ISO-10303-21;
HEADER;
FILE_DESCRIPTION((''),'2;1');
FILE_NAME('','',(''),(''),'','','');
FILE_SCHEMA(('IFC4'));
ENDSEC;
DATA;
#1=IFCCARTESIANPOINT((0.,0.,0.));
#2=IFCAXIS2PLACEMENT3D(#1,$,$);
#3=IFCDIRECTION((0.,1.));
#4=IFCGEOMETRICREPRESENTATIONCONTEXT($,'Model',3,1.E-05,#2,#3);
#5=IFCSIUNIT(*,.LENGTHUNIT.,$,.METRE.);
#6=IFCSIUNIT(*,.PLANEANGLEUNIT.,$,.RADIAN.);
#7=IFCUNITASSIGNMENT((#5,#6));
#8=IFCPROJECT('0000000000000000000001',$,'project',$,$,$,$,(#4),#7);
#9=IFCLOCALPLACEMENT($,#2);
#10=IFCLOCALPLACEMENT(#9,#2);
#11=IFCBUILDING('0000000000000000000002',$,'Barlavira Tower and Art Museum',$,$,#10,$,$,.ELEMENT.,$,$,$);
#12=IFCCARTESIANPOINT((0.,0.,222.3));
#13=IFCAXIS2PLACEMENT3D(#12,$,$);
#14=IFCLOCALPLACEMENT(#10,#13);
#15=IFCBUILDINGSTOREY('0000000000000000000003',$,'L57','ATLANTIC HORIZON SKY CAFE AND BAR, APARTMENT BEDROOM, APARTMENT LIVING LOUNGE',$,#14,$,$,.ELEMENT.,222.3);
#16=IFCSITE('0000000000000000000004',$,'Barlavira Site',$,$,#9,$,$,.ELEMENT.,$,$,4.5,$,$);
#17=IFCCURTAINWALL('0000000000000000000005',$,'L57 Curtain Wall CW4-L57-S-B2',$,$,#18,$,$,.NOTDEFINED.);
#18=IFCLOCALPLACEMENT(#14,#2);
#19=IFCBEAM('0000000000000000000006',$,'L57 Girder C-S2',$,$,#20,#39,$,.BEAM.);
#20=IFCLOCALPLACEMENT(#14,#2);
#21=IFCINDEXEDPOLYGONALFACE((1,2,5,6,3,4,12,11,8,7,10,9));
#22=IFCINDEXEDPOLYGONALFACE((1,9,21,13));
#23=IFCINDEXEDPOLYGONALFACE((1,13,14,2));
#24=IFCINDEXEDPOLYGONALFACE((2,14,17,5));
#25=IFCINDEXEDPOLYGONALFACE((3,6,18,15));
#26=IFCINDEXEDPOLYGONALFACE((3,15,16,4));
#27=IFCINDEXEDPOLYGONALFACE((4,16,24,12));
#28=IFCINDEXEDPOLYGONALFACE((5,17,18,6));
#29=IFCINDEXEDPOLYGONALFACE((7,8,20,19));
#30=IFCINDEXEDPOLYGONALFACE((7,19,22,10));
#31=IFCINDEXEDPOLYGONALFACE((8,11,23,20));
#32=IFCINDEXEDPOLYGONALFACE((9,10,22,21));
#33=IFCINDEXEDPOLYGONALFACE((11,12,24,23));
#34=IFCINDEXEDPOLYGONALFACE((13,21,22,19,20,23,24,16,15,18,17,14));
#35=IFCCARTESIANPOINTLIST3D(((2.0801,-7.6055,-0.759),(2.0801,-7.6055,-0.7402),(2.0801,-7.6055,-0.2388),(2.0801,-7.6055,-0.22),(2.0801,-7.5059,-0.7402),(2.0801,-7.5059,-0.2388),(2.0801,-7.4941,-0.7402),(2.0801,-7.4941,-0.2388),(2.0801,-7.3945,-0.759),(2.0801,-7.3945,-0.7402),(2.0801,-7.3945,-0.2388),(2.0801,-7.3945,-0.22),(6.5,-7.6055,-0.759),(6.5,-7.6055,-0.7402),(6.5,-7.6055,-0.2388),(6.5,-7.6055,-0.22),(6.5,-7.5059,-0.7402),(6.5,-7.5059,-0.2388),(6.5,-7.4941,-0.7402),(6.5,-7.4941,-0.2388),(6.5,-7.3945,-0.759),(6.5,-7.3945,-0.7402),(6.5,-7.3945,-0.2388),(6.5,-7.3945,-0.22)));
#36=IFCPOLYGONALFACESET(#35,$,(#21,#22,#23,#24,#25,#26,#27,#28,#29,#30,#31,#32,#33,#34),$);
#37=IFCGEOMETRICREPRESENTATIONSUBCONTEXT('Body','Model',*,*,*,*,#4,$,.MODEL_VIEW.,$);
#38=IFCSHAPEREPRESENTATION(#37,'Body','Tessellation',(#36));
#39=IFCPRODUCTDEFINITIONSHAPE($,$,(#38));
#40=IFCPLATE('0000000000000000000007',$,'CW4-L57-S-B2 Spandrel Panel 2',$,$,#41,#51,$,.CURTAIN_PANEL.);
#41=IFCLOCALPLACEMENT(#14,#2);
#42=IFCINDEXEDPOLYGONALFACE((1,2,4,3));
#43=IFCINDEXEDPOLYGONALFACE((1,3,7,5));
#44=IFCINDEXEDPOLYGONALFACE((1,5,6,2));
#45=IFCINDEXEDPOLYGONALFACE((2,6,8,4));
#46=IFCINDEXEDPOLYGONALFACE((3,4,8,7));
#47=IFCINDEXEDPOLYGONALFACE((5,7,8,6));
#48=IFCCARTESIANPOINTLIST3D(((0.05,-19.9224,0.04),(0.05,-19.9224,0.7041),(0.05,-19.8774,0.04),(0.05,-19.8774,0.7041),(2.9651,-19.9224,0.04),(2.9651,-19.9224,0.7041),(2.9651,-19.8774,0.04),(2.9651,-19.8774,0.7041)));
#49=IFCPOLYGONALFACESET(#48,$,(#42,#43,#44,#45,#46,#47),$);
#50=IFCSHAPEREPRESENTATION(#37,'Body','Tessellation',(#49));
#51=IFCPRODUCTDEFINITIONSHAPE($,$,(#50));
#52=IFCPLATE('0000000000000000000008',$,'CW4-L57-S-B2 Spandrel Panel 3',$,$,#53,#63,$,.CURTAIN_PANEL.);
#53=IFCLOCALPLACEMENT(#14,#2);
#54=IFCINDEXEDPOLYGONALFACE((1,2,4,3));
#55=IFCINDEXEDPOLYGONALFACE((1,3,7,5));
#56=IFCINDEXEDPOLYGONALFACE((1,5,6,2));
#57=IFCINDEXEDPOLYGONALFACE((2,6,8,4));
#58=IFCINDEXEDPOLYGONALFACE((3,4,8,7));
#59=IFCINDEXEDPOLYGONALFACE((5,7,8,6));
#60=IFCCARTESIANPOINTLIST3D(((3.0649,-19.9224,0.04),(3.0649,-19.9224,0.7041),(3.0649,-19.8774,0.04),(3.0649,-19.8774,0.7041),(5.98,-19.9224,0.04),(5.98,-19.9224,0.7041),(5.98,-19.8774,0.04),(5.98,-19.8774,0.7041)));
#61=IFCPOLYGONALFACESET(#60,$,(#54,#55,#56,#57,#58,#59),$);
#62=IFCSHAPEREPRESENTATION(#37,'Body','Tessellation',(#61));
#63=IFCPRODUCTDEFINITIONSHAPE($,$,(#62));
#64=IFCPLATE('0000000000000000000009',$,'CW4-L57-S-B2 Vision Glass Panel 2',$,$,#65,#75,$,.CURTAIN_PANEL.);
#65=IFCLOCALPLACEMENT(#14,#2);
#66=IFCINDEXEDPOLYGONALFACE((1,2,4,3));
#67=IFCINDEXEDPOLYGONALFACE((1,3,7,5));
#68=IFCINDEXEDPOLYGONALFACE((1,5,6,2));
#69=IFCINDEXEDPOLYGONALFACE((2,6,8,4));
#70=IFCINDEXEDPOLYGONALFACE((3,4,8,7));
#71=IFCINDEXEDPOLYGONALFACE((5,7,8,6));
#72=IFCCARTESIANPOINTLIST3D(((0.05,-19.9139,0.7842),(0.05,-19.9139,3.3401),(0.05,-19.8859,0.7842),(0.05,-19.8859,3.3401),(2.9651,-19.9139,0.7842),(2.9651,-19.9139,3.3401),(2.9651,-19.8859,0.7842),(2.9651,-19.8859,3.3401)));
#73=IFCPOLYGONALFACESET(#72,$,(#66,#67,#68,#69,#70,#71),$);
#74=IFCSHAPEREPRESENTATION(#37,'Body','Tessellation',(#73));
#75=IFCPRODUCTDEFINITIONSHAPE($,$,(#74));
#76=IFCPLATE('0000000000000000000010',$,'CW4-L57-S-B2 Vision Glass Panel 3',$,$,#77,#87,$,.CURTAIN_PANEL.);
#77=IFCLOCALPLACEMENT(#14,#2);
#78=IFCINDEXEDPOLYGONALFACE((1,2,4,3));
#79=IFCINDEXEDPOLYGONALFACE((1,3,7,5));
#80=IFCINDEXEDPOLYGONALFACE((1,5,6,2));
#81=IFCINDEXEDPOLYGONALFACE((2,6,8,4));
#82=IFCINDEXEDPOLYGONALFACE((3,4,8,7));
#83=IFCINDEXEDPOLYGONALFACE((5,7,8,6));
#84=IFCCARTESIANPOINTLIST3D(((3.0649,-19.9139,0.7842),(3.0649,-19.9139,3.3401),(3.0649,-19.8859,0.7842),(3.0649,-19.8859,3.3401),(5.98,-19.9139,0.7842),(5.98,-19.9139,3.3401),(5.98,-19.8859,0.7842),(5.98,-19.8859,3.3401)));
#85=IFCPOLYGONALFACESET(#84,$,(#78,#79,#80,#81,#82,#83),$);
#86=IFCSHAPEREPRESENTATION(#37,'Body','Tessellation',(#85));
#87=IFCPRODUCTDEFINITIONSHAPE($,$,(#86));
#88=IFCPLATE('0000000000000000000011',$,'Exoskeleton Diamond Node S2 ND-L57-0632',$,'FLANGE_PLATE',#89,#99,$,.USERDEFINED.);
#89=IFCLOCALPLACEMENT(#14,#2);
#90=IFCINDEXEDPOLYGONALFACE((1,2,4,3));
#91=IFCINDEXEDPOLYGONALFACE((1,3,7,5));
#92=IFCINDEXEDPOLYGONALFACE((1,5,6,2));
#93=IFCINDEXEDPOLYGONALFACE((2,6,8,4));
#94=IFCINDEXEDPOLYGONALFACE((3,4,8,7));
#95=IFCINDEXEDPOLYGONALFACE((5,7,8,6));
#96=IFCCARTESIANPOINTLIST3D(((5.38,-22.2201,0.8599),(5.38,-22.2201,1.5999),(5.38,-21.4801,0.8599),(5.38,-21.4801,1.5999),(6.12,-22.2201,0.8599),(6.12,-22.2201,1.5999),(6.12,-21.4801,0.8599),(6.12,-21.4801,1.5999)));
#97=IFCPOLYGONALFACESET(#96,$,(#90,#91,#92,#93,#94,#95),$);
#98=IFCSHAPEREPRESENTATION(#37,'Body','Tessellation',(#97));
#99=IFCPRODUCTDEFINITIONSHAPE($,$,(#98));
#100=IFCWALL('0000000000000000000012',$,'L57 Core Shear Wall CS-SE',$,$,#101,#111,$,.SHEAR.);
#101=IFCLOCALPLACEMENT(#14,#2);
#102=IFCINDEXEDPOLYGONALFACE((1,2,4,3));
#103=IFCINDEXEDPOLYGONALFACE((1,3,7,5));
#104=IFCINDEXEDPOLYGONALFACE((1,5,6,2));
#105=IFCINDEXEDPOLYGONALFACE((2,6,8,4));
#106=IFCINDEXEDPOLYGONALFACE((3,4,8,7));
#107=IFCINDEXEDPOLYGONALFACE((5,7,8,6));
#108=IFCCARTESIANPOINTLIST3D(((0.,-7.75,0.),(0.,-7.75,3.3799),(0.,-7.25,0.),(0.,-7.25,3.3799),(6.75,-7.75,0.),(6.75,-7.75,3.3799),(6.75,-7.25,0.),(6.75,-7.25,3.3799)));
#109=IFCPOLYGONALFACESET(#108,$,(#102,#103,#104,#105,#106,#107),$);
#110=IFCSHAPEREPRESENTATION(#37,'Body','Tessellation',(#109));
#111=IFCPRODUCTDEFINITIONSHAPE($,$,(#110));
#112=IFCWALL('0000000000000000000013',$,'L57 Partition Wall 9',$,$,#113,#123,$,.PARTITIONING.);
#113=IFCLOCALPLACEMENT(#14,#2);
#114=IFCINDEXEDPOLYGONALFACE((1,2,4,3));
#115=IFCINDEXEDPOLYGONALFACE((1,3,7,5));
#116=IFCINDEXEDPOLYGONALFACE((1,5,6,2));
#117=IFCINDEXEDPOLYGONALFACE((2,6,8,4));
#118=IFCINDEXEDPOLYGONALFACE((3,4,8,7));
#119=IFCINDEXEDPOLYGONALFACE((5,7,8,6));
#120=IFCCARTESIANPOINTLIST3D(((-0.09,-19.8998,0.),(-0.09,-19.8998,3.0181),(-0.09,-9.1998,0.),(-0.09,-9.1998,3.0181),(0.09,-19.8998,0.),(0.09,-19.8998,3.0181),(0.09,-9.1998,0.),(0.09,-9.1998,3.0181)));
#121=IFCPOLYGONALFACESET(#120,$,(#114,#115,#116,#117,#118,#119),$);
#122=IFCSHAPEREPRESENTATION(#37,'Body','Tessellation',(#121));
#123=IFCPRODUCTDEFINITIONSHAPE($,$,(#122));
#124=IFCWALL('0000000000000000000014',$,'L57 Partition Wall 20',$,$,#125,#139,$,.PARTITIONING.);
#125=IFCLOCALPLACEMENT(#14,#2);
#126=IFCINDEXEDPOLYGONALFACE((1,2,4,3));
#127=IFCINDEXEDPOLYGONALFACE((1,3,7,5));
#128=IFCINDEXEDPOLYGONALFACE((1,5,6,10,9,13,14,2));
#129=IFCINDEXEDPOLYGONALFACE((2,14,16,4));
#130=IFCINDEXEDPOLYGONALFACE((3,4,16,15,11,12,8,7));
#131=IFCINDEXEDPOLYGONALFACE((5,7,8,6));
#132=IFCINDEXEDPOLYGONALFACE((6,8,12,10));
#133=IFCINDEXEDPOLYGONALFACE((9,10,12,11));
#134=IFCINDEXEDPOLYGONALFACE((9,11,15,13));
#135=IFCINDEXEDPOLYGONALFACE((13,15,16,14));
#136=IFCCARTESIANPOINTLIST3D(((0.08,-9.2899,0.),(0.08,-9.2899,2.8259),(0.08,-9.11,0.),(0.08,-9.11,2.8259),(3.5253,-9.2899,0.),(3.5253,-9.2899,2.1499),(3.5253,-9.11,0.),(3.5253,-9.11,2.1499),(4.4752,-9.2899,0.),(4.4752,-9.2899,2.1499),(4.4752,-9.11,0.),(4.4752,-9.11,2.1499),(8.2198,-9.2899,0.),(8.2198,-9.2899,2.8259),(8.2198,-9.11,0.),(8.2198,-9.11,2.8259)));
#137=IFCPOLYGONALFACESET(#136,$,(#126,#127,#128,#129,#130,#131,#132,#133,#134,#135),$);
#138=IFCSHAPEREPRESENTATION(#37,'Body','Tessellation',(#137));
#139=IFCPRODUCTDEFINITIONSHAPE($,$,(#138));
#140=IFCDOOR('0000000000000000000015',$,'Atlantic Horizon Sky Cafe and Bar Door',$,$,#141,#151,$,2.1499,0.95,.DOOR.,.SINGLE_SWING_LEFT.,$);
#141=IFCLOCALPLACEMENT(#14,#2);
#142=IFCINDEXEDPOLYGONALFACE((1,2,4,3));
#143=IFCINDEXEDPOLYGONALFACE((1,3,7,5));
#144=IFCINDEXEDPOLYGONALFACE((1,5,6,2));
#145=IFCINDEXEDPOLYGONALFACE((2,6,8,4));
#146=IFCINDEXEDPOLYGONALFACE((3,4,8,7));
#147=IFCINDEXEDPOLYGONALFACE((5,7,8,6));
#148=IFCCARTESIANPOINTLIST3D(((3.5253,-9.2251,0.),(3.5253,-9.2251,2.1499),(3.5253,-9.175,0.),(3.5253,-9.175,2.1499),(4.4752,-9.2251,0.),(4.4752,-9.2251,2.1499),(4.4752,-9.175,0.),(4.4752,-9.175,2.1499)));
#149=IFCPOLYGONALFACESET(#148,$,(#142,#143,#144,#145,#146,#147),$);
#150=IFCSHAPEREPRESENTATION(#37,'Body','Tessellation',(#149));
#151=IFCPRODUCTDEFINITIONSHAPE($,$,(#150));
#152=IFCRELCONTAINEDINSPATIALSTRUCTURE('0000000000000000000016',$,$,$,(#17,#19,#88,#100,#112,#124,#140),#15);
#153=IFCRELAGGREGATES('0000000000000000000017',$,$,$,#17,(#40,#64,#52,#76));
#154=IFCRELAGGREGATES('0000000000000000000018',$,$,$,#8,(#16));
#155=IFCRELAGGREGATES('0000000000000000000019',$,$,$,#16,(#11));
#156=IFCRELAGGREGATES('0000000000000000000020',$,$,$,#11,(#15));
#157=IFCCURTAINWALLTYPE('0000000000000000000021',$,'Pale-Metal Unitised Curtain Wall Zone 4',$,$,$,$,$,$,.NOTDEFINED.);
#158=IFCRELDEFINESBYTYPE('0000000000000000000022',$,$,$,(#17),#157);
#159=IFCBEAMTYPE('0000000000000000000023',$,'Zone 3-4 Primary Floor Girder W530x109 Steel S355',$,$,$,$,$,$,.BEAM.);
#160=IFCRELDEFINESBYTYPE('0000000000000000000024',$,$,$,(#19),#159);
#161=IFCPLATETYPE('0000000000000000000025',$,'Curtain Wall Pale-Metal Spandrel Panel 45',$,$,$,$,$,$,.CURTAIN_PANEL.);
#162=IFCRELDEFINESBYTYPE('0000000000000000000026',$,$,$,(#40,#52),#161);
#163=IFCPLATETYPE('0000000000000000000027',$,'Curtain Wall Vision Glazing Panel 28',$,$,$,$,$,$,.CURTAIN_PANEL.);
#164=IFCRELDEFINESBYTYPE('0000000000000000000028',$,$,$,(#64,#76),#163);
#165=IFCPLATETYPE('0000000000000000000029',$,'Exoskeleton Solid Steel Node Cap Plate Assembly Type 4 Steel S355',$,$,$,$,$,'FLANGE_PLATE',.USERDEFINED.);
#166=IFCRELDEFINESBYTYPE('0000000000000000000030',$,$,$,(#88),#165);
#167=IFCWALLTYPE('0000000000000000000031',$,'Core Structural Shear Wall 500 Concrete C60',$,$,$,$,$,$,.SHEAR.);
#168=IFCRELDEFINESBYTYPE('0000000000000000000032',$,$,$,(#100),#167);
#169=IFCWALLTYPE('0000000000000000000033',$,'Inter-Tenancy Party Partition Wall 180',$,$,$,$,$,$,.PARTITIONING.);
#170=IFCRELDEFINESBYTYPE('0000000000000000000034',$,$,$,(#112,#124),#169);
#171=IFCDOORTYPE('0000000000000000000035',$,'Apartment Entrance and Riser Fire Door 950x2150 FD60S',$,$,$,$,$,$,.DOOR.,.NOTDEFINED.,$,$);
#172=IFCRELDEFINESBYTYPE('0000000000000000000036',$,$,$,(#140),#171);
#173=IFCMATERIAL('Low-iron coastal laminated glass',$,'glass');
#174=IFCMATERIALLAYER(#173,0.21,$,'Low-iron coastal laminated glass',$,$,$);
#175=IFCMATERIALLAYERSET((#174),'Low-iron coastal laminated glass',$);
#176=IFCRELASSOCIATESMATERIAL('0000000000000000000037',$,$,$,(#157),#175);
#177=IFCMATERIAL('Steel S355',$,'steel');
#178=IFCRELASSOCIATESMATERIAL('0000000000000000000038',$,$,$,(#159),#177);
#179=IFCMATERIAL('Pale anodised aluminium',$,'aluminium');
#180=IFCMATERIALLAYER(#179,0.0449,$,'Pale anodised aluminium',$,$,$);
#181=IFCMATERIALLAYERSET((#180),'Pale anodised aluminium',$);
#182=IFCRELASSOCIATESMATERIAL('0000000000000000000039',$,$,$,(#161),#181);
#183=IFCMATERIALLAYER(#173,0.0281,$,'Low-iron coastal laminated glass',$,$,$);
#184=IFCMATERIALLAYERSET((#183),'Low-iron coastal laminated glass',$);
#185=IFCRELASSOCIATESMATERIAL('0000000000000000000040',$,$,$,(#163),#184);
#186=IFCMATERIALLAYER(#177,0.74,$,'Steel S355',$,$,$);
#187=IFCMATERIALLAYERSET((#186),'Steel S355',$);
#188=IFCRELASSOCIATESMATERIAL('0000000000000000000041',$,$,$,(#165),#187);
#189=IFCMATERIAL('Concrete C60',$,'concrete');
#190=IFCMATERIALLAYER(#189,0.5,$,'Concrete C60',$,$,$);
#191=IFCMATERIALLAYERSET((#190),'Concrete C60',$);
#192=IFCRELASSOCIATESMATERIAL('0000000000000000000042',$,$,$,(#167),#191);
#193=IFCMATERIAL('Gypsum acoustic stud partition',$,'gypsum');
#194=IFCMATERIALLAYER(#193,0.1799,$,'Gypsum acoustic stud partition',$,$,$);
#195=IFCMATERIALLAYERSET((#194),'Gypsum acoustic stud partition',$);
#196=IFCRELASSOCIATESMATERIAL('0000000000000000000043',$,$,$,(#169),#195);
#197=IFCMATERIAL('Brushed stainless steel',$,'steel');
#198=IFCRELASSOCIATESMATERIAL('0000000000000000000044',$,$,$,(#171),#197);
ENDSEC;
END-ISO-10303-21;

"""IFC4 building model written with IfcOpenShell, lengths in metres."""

from ifc_helpers import new_model, si_unit, direction, frame, frame_2d, origin, origin_2d, place, context, subcontext, project, spatial, rectangle, i_section, extrude, material, layer, layer_set, material_profile, profile_set, type_object, element, fill, aggregate, save


model = new_model("IFC4")

# Units and contexts
model_context = context("Model", 3, precision=1e-05, world=origin(), true_north=direction((0.0, 1.0)))
body_context = subcontext(model_context, "Body", "Model", "MODEL_VIEW")
ifc_project = project(units=[si_unit("LENGTHUNIT", "METRE"), si_unit("PLANEANGLEUNIT", "RADIAN")], contexts=[model_context])

# Site, building, storey
site_placement = place(None, origin())
site = spatial("IfcSite", under=ifc_project, at=site_placement, Name="Barlavira Site", CompositionType="ELEMENT", RefElevation=4.5)
building_placement = place(site_placement, origin())
building = spatial("IfcBuilding", under=site, at=building_placement, Name="Barlavira Tower and Art Museum", CompositionType="ELEMENT")
storey_placement = place(building_placement, frame((0.0, 0.0, 222.3)))
storey = spatial("IfcBuildingStorey", under=building, at=storey_placement, Name="L57", Description="ATLANTIC HORIZON SKY CAFE AND BAR, APARTMENT BEDROOM, APARTMENT LIVING LOUNGE", CompositionType="ELEMENT", Elevation=222.3)

# Shared definitions
ifc_material_1 = material(Name="Steel S355", Category="steel")

# Curtain wall
ifc_material_2 = material(Name="Low-iron coastal laminated glass", Category="glass")
ifc_layer_1 = layer(ifc_material_2, 0.21, Name="Low-iron coastal laminated glass")
ifc_layer_set_1 = layer_set([ifc_layer_1], Name="Low-iron coastal laminated glass")
curtain_wall_type = type_object("IfcCurtainWallType", Name="Pale-Metal Unitised Curtain Wall Zone 4", PredefinedType="NOTDEFINED", material=ifc_layer_set_1)
curtain_wall_placement = place(storey_placement, origin())
curtain_wall = element("IfcCurtainWall", 1, at=curtain_wall_placement, inside=storey, type_object=curtain_wall_type, Name="L57 Curtain Wall CW4-L57-S-B2", PredefinedType="NOTDEFINED")
ifc_material_3 = material(Name="Pale anodised aluminium", Category="aluminium")

# Beam
ifc_material_profile_1 = material_profile(ifc_material_1, i_section(OverallWidth=0.2109, OverallDepth=0.5391, WebThickness=0.0117, FlangeThickness=0.0188, at=origin_2d()), Name="W530x109.0")
ifc_profile_set_1 = profile_set([ifc_material_profile_1], Name="Steel S355")
beam_type = type_object("IfcBeamType", Name="Zone 3-4 Primary Floor Girder W530x109 Steel S355", PredefinedType="BEAM", material=ifc_profile_set_1)
beam_placement = place(storey_placement, frame((2.0801, -7.5, -0.4895), z_axis=(1.0, 0.0, 0.0), x_axis=(0.0, 1.0, 0.0)))
element("IfcBeam", 2, at=beam_placement, inside=storey, type_object=beam_type, Name="L57 Girder C-S2", PredefinedType="BEAM", context=body_context, shape_type="SweptSolid", body=[
    extrude(i_section(OverallWidth=0.2109, OverallDepth=0.5391, WebThickness=0.0117, FlangeThickness=0.0188, at=origin_2d()), origin(), (0.0, 0.0, 1.0), 4.4199),
])

# Plates
ifc_layer_2 = layer(ifc_material_3, 0.0449, Name="Pale anodised aluminium")
ifc_layer_set_2 = layer_set([ifc_layer_2], Name="Pale anodised aluminium")
plate_type_1 = type_object("IfcPlateType", Name="Curtain Wall Pale-Metal Spandrel Panel 45", PredefinedType="CURTAIN_PANEL", material=ifc_layer_set_2)
plate_1_placement = place(storey_placement, frame((1.5076, -19.8999, 0.04), z_axis=(0.0, 0.0, 1.0), x_axis=(1.0, 0.0, 0.0)))
plate_1 = element("IfcPlate", 3, at=plate_1_placement, type_object=plate_type_1, Name="CW4-L57-S-B2 Spandrel Panel 2", PredefinedType="CURTAIN_PANEL", context=body_context, shape_type="SweptSolid", body=[
    extrude(rectangle(XDim=2.915, YDim=0.0449, at=origin_2d()), origin(), (0.0, 0.0, 1.0), 0.6641),
])
plate_2_placement = place(storey_placement, frame((4.5225, -19.8999, 0.04), z_axis=(0.0, 0.0, 1.0), x_axis=(1.0, 0.0, 0.0)))
plate_2 = element("IfcPlate", 4, at=plate_2_placement, type_object=plate_type_1, Name="CW4-L57-S-B2 Spandrel Panel 3", PredefinedType="CURTAIN_PANEL", context=body_context, shape_type="SweptSolid", body=[
    extrude(rectangle(XDim=2.915, YDim=0.0449, at=origin_2d()), origin(), (0.0, 0.0, 1.0), 0.6641),
])
ifc_layer_3 = layer(ifc_material_2, 0.0281, Name="Low-iron coastal laminated glass")
ifc_layer_set_3 = layer_set([ifc_layer_3], Name="Low-iron coastal laminated glass")
plate_type_2 = type_object("IfcPlateType", Name="Curtain Wall Vision Glazing Panel 28", PredefinedType="CURTAIN_PANEL", material=ifc_layer_set_3)
plate_3_placement = place(storey_placement, frame((1.5076, -19.8999, 0.7842), z_axis=(0.0, 0.0, 1.0), x_axis=(1.0, 0.0, 0.0)))
plate_3 = element("IfcPlate", 5, at=plate_3_placement, type_object=plate_type_2, Name="CW4-L57-S-B2 Vision Glass Panel 2", PredefinedType="CURTAIN_PANEL", context=body_context, shape_type="SweptSolid", body=[
    extrude(rectangle(XDim=2.915, YDim=0.0281, at=origin_2d()), origin(), (0.0, 0.0, 1.0), 2.5559),
])
plate_4_placement = place(storey_placement, frame((4.5225, -19.8999, 0.7842), z_axis=(0.0, 0.0, 1.0), x_axis=(1.0, 0.0, 0.0)))
plate_4 = element("IfcPlate", 6, at=plate_4_placement, type_object=plate_type_2, Name="CW4-L57-S-B2 Vision Glass Panel 3", PredefinedType="CURTAIN_PANEL", context=body_context, shape_type="SweptSolid", body=[
    extrude(rectangle(XDim=2.915, YDim=0.0281, at=origin_2d()), origin(), (0.0, 0.0, 1.0), 2.5559),
])
aggregate(curtain_wall, [plate_1, plate_3, plate_2, plate_4])
ifc_layer_4 = layer(ifc_material_1, 0.74, Name="Steel S355")
ifc_layer_set_4 = layer_set([ifc_layer_4], Name="Steel S355")
plate_type_3 = type_object("IfcPlateType", Name="Exoskeleton Solid Steel Node Cap Plate Assembly Type 4 Steel S355", ElementType="FLANGE_PLATE", PredefinedType="USERDEFINED", material=ifc_layer_set_4)
plate_5_placement = place(storey_placement, frame((5.75, -21.8501, 0.8599), z_axis=(0.0, 0.0, 1.0), x_axis=(1.0, 0.0, 0.0)))
element("IfcPlate", 7, at=plate_5_placement, inside=storey, type_object=plate_type_3, Name="Exoskeleton Diamond Node S2 ND-L57-0632", ObjectType="FLANGE_PLATE", PredefinedType="USERDEFINED", context=body_context, shape_type="SweptSolid", body=[
    extrude(rectangle(XDim=0.74, YDim=0.74, at=origin_2d()), origin(), (0.0, 0.0, 1.0), 0.74),
])

# Walls
ifc_material_4 = material(Name="Concrete C60", Category="concrete")
ifc_layer_5 = layer(ifc_material_4, 0.5, Name="Concrete C60")
ifc_layer_set_5 = layer_set([ifc_layer_5], Name="Concrete C60")
wall_type_1 = type_object("IfcWallType", Name="Core Structural Shear Wall 500 Concrete C60", PredefinedType="SHEAR", material=ifc_layer_set_5)
wall_1_placement = place(storey_placement, frame((0.0, -7.5, 0.0), z_axis=(0.0, 0.0, 1.0), x_axis=(1.0, 0.0, 0.0)))
element("IfcWall", 8, at=wall_1_placement, inside=storey, type_object=wall_type_1, Name="L57 Core Shear Wall CS-SE", PredefinedType="SHEAR", context=body_context, shape_type="SweptSolid", body=[
    extrude(rectangle(XDim=6.75, YDim=0.5, at=frame_2d((3.375, 0.0))), origin(), (0.0, 0.0, 1.0), 3.3799),
])
ifc_material_5 = material(Name="Gypsum acoustic stud partition", Category="gypsum")
ifc_layer_6 = layer(ifc_material_5, 0.1799, Name="Gypsum acoustic stud partition")
ifc_layer_set_6 = layer_set([ifc_layer_6], Name="Gypsum acoustic stud partition")
wall_type_2 = type_object("IfcWallType", Name="Inter-Tenancy Party Partition Wall 180", PredefinedType="PARTITIONING", material=ifc_layer_set_6)
wall_2_placement = place(storey_placement, frame((0.0, -19.8999, 0.0), z_axis=(0.0, 0.0, 1.0), x_axis=(0.0, 1.0, 0.0)))
element("IfcWall", 9, at=wall_2_placement, inside=storey, type_object=wall_type_2, Name="L57 Partition Wall 9", PredefinedType="PARTITIONING", context=body_context, shape_type="SweptSolid", body=[
    extrude(rectangle(XDim=10.7, YDim=0.1799, at=frame_2d((5.3501, 0.0))), origin(), (0.0, 0.0, 1.0), 3.0181),
])

# Wall, opening, door
wall_3_placement = place(storey_placement, frame((0.0801, -9.2, 0.0), z_axis=(0.0, 0.0, 1.0), x_axis=(1.0, 0.0, 0.0)))
wall_3 = element("IfcWall", 10, at=wall_3_placement, inside=storey, type_object=wall_type_2, Name="L57 Partition Wall 20", PredefinedType="PARTITIONING", context=body_context, shape_type="SweptSolid", body=[
    extrude(rectangle(XDim=8.1399, YDim=0.1799, at=frame_2d((4.0698, 0.0))), origin(), (0.0, 0.0, 1.0), 2.8259),
])
opening_placement = place(wall_3_placement, frame((3.4451, 0.0, 0.0)))
opening = element("IfcOpeningElement", 11, at=opening_placement, cuts=wall_3, PredefinedType="OPENING", context=body_context, shape_type="SweptSolid", body=[
    extrude(rectangle(XDim=0.95, YDim=2.1499, at=frame_2d((0.4751, 1.075))), frame((0.0, 0.1001, 0.0), z_axis=(0.0, -1.0, 0.0), x_axis=(1.0, 0.0, 0.0)), (0.0, 0.0, 1.0), 0.2),
])
ifc_material_6 = material(Name="Brushed stainless steel", Category="steel")
door_type = type_object("IfcDoorType", Name="Apartment Entrance and Riser Fire Door 950x2150 FD60S", OperationType="NOTDEFINED", PredefinedType="DOOR", material=ifc_material_6)
door_placement = place(opening_placement, origin())
door = element("IfcDoor", 12, at=door_placement, inside=storey, type_object=door_type, Name="Atlantic Horizon Sky Cafe and Bar Door", OperationType="SINGLE_SWING_LEFT", OverallHeight=2.1499, OverallWidth=0.95, PredefinedType="DOOR", context=body_context, shape_type="SweptSolid", body=[
    extrude(rectangle(XDim=0.95, YDim=2.1499, at=frame_2d((0.4751, 1.075))), frame((0.0, 0.0249, 0.0), z_axis=(0.0, -1.0, 0.0), x_axis=(1.0, 0.0, 0.0)), (0.0, 0.0, 1.0), 0.05),
])
fill(opening, door)

save(model, "model.ifc")
